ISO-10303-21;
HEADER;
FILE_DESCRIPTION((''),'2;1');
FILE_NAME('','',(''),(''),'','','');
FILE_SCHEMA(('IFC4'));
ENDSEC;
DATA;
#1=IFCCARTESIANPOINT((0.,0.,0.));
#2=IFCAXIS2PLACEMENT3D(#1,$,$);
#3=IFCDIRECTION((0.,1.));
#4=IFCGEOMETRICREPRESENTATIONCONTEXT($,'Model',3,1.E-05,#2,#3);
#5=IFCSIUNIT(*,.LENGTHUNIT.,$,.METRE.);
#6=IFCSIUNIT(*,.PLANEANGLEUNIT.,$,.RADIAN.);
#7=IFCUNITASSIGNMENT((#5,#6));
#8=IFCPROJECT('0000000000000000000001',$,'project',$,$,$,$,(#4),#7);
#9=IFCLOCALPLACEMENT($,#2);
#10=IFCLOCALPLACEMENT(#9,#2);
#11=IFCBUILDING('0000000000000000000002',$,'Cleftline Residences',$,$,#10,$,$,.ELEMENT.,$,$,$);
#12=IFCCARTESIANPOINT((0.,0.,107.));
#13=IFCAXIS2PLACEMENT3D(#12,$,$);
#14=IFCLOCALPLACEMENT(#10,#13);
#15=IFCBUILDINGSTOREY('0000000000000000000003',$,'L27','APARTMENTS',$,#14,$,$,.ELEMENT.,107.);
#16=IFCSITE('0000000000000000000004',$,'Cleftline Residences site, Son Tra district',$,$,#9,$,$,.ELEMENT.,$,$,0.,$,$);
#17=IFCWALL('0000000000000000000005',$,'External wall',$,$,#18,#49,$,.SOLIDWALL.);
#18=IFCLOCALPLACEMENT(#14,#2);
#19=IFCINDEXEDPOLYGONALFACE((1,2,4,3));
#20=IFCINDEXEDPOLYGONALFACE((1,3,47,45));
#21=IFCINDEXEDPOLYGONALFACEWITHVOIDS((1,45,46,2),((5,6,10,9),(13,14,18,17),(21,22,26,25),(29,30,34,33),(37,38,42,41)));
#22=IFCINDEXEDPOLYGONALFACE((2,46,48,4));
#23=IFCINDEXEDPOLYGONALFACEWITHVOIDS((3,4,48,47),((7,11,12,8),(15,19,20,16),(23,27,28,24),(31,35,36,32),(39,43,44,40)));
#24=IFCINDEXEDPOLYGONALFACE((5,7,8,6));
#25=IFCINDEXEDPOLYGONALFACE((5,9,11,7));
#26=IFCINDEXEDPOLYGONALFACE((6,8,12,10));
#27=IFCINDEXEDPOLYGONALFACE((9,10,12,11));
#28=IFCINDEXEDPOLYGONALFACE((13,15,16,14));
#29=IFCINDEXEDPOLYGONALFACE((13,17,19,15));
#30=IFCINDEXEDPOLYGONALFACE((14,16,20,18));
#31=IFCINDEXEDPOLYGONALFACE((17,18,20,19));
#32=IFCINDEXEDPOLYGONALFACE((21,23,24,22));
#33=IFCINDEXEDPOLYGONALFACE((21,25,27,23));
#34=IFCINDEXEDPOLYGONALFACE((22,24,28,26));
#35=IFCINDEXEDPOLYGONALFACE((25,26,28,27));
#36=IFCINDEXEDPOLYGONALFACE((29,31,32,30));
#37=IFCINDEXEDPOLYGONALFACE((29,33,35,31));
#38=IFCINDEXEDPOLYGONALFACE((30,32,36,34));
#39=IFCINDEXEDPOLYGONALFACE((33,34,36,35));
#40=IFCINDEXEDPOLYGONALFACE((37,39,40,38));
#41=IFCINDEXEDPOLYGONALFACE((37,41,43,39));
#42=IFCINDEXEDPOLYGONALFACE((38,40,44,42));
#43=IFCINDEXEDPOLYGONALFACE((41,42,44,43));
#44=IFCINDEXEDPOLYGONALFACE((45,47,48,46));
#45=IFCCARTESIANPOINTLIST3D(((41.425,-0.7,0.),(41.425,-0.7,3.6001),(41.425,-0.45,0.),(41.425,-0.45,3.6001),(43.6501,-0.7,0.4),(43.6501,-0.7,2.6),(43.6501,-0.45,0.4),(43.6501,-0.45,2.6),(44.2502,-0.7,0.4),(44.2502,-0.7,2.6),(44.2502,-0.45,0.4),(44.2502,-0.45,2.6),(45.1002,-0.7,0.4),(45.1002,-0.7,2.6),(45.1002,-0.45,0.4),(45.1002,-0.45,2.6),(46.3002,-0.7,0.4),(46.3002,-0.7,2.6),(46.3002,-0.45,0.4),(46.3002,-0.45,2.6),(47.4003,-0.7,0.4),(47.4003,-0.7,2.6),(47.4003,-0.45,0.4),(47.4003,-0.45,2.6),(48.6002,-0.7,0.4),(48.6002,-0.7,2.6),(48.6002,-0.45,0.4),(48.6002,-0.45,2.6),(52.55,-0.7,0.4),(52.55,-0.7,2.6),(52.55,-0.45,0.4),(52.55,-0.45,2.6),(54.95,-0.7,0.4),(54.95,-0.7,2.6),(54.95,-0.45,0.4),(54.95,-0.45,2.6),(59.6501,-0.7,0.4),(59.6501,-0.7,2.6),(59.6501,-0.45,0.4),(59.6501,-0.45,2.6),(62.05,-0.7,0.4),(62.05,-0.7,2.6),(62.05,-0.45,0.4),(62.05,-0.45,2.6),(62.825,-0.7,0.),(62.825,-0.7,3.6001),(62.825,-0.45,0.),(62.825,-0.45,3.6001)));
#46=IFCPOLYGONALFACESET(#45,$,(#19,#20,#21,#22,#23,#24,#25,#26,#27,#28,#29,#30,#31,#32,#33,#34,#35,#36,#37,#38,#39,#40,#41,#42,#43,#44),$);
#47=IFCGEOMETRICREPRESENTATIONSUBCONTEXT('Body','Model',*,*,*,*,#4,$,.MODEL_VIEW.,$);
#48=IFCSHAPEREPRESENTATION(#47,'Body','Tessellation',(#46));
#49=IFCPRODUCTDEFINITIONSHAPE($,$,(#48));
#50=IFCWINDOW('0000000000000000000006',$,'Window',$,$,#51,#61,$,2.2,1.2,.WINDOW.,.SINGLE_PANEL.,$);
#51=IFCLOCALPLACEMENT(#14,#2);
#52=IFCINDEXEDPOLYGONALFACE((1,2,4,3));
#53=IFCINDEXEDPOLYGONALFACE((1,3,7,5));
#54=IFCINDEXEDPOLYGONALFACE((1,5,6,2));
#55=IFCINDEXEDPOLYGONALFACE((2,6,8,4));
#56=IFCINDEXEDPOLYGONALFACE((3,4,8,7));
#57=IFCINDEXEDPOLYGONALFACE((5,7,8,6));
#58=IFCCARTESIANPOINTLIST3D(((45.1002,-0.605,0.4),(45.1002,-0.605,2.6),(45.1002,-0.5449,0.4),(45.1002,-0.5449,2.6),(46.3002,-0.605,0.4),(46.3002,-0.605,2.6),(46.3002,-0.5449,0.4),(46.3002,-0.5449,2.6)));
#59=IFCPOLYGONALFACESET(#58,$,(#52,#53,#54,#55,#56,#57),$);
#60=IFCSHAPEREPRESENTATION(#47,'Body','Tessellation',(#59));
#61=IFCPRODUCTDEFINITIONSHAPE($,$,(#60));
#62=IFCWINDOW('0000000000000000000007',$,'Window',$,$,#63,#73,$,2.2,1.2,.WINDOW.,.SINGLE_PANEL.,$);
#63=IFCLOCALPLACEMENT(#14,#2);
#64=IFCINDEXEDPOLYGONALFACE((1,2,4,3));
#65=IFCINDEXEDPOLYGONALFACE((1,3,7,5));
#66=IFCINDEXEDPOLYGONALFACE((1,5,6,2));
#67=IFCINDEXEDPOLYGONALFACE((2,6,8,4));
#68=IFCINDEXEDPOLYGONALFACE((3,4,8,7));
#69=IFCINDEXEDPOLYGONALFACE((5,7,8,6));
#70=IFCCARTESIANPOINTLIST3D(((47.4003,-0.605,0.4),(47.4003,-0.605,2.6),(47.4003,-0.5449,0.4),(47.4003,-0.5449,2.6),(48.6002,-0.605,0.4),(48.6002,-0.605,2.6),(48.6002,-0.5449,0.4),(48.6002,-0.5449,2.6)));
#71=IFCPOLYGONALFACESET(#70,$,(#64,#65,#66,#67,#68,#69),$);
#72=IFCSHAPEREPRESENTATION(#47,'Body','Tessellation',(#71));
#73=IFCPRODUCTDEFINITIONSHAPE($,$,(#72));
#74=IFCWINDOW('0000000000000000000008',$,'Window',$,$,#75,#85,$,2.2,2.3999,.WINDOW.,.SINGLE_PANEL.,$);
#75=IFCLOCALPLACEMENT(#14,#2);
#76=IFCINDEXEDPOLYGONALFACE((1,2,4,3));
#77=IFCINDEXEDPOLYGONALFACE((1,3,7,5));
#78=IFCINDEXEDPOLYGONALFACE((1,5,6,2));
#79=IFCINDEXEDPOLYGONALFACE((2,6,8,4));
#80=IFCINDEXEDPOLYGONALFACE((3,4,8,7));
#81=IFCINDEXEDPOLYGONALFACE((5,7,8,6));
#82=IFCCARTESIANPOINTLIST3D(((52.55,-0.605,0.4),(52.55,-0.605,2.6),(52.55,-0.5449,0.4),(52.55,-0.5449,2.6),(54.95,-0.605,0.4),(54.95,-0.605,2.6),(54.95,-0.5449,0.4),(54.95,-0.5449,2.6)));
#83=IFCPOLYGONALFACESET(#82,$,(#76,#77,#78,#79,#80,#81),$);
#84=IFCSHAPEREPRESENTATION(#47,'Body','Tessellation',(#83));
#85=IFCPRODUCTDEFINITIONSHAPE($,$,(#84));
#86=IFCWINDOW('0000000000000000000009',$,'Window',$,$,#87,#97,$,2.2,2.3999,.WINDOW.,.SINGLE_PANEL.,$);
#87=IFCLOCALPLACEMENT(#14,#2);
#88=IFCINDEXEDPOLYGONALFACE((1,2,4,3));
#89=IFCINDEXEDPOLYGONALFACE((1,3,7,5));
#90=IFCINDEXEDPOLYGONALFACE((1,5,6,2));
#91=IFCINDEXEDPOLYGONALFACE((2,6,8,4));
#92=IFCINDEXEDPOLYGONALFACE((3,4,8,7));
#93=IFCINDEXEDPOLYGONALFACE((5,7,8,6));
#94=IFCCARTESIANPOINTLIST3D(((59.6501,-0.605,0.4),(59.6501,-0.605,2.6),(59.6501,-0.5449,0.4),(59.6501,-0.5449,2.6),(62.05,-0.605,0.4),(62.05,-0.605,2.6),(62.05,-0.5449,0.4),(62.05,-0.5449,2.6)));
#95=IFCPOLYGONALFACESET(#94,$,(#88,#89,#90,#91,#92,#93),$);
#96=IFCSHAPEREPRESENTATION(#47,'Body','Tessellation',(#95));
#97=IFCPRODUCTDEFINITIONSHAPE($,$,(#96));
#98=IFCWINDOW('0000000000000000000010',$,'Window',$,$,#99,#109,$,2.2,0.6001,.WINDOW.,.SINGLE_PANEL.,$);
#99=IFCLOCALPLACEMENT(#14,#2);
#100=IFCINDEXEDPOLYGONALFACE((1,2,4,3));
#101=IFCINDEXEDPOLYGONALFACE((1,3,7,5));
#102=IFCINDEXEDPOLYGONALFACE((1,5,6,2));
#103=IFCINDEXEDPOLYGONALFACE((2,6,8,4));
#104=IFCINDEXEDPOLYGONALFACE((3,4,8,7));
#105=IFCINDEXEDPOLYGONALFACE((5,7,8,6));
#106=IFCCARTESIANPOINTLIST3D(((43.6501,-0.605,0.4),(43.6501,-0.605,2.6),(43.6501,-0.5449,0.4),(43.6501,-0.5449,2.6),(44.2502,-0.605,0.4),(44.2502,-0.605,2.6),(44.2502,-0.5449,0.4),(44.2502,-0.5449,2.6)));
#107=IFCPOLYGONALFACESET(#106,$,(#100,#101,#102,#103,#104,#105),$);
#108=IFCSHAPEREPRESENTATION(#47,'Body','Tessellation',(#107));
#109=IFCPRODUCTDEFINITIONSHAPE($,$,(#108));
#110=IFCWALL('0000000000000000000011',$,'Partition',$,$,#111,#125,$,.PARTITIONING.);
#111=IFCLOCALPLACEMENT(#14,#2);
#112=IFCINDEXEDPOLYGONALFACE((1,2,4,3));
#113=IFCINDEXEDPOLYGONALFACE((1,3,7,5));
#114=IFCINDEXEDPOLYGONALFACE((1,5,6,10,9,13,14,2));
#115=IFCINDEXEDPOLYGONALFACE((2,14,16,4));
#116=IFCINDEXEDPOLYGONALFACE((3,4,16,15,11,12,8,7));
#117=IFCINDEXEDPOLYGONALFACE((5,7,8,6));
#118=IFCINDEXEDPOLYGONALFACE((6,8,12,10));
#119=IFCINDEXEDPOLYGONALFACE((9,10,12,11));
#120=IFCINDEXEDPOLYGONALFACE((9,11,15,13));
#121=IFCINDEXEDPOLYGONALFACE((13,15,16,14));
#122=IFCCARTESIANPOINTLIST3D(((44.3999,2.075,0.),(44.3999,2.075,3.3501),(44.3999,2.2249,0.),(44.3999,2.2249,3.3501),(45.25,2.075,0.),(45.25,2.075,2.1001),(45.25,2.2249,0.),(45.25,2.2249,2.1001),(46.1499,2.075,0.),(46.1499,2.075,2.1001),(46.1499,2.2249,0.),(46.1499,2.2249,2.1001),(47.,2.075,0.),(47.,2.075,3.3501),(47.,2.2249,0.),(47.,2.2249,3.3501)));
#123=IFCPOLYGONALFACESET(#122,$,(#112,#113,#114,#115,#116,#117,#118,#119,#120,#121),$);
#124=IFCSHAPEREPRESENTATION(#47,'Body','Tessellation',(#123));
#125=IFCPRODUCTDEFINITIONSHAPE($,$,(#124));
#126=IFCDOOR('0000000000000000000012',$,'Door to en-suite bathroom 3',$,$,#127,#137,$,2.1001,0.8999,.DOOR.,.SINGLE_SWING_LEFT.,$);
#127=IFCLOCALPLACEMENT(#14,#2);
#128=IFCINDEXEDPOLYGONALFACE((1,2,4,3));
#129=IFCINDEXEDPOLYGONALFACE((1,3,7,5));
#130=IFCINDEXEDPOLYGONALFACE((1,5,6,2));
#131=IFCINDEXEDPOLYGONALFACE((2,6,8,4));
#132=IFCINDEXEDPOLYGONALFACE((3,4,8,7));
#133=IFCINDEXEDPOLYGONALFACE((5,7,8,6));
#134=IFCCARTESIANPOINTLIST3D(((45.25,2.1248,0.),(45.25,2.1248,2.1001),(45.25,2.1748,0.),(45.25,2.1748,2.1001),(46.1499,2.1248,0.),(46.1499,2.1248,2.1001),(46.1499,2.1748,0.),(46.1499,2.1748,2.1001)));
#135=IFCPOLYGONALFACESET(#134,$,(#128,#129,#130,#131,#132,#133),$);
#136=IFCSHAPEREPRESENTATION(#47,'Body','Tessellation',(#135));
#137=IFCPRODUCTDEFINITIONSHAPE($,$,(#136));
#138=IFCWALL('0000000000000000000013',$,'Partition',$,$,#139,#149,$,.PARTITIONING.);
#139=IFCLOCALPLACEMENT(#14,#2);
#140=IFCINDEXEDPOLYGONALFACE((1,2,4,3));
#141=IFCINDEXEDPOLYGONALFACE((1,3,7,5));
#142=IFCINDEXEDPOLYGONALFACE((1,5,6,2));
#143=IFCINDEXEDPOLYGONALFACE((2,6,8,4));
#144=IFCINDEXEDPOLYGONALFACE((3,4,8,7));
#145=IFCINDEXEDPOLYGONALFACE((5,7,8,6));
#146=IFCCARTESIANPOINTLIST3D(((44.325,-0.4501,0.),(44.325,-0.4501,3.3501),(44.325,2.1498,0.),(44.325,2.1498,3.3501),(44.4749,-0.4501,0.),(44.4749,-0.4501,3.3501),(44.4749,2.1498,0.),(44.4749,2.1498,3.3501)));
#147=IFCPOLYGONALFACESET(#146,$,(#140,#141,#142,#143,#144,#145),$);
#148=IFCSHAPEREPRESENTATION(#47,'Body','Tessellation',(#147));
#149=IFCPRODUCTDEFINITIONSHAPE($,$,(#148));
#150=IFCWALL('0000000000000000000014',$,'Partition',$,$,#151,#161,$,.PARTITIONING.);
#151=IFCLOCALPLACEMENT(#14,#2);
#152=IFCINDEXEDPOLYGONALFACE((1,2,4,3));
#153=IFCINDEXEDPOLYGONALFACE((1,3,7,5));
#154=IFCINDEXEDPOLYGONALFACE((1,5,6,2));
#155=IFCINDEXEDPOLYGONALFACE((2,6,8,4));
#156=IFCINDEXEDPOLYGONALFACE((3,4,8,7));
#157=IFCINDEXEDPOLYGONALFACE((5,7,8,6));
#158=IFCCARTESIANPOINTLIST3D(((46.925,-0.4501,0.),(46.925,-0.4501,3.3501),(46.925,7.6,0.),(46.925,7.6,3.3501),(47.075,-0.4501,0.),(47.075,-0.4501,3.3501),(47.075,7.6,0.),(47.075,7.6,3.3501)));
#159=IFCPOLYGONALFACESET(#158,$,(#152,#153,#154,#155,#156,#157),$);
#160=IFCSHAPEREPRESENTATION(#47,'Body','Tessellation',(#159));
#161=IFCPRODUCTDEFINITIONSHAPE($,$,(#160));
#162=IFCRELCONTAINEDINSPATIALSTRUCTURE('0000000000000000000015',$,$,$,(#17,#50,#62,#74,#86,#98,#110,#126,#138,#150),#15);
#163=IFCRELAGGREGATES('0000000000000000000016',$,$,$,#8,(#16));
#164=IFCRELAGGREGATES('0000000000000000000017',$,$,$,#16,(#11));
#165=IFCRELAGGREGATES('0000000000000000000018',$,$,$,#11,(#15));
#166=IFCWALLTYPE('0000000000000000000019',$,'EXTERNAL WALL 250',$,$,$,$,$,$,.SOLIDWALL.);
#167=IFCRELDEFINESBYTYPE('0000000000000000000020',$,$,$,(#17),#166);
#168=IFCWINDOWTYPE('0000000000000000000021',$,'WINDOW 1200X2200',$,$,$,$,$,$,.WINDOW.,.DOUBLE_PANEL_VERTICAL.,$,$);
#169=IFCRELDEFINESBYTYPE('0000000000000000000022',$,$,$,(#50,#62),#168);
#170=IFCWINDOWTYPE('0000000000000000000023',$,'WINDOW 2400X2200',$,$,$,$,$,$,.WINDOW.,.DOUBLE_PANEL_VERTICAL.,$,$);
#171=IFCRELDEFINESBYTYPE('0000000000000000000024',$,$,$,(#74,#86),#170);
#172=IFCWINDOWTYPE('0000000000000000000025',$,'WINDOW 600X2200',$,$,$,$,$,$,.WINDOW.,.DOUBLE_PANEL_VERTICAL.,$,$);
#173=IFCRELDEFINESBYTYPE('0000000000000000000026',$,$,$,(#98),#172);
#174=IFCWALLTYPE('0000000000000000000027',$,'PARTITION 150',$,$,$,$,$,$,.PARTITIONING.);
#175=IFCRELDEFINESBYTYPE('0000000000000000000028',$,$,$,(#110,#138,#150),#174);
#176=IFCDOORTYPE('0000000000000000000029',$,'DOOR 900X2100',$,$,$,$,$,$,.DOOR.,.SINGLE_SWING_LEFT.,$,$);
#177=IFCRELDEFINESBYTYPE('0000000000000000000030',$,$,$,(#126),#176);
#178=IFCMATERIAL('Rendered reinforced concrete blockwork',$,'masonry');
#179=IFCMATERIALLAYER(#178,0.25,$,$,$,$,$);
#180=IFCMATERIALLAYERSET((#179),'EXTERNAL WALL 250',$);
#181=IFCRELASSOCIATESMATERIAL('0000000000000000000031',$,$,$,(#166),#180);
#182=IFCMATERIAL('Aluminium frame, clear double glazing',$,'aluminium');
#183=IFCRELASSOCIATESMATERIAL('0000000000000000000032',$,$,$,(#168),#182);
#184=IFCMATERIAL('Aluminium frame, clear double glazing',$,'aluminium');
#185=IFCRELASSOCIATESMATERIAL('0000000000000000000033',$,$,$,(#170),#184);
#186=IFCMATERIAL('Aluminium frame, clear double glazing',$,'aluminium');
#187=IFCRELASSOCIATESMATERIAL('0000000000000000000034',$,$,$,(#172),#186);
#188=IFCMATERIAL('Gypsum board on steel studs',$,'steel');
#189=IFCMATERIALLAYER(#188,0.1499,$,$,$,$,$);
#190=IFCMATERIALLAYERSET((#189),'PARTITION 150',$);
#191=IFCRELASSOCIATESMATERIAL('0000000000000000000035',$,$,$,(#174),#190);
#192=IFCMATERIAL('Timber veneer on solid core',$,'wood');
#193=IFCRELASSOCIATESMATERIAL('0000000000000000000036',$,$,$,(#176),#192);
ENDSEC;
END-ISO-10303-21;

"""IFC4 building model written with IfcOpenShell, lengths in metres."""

from ifc_helpers import new_model, si_unit, direction, frame, frame_2d, origin, place, context, subcontext, project, spatial, rectangle, extrude, material, layer, layer_set, type_object, element, fill, save


model = new_model("IFC4")

# Units and contexts
model_context = context("Model", 3, precision=1e-05, world=origin(), true_north=direction((0.0, 1.0)))
body_context = subcontext(model_context, "Body", "Model", "MODEL_VIEW")
ifc_project = project(units=[si_unit("LENGTHUNIT", "METRE"), si_unit("PLANEANGLEUNIT", "RADIAN")], contexts=[model_context])

# Site, building, storey
site_placement = place(None, origin())
site = spatial("IfcSite", under=ifc_project, at=site_placement, Name="Cleftline Residences site, Son Tra district", CompositionType="ELEMENT", RefElevation=0.0)
building_placement = place(site_placement, origin())
building = spatial("IfcBuilding", under=site, at=building_placement, Name="Cleftline Residences", CompositionType="ELEMENT")
storey_placement = place(building_placement, frame((0.0, 0.0, 107.0)))
storey = spatial("IfcBuildingStorey", under=building, at=storey_placement, Name="L27", Description="APARTMENTS", CompositionType="ELEMENT", Elevation=107.0)

# Wall, openings, windows
ifc_material_1 = material(Name="Rendered reinforced concrete blockwork", Category="masonry")
ifc_layer_1 = layer(ifc_material_1, 0.25)
ifc_layer_set_1 = layer_set([ifc_layer_1], Name="EXTERNAL WALL 250")
wall_type_1 = type_object("IfcWallType", Name="EXTERNAL WALL 250", PredefinedType="SOLIDWALL", material=ifc_layer_set_1)
wall_1_placement = place(storey_placement, frame((41.425, -0.575, 0.0), z_axis=(0.0, 0.0, 1.0), x_axis=(1.0, 0.0, 0.0)))
wall_1 = element("IfcWall", 1, at=wall_1_placement, inside=storey, type_object=wall_type_1, Name="External wall", PredefinedType="SOLIDWALL", context=body_context, shape_type="SweptSolid", body=[
    extrude(rectangle(XDim=21.3999, YDim=0.25, at=frame_2d((10.7, 0.0))), origin(), (0.0, 0.0, 1.0), 3.6001),
])
opening_1_placement = place(wall_1_placement, frame((2.2251, 0.0, 0.3999)))
opening_1 = element("IfcOpeningElement", 2, at=opening_1_placement, cuts=wall_1, PredefinedType="OPENING", context=body_context, shape_type="SweptSolid", body=[
    extrude(rectangle(XDim=0.6001, YDim=2.2, at=frame_2d((0.3, 1.1001))), frame((0.0, 0.135, 0.0), z_axis=(0.0, -1.0, 0.0), x_axis=(1.0, 0.0, 0.0)), (0.0, 0.0, 1.0), 0.27),
])
opening_2_placement = place(wall_1_placement, frame((3.675, 0.0, 0.3999)))
opening_2 = element("IfcOpeningElement", 3, at=opening_2_placement, cuts=wall_1, PredefinedType="OPENING", context=body_context, shape_type="SweptSolid", body=[
    extrude(rectangle(XDim=1.2, YDim=2.2, at=frame_2d((0.6001, 1.1001))), frame((0.0, 0.135, 0.0), z_axis=(0.0, -1.0, 0.0), x_axis=(1.0, 0.0, 0.0)), (0.0, 0.0, 1.0), 0.27),
])
opening_3_placement = place(wall_1_placement, frame((5.9751, 0.0, 0.3999)))
opening_3 = element("IfcOpeningElement", 4, at=opening_3_placement, cuts=wall_1, PredefinedType="OPENING", context=body_context, shape_type="SweptSolid", body=[
    extrude(rectangle(XDim=1.2, YDim=2.2, at=frame_2d((0.6001, 1.1001))), frame((0.0, 0.135, 0.0), z_axis=(0.0, -1.0, 0.0), x_axis=(1.0, 0.0, 0.0)), (0.0, 0.0, 1.0), 0.27),
])
opening_4_placement = place(wall_1_placement, frame((11.125, 0.0, 0.3999)))
opening_4 = element("IfcOpeningElement", 5, at=opening_4_placement, cuts=wall_1, PredefinedType="OPENING", context=body_context, shape_type="SweptSolid", body=[
    extrude(rectangle(XDim=2.3999, YDim=2.2, at=frame_2d((1.2, 1.1001))), frame((0.0, 0.135, 0.0), z_axis=(0.0, -1.0, 0.0), x_axis=(1.0, 0.0, 0.0)), (0.0, 0.0, 1.0), 0.27),
])
opening_5_placement = place(wall_1_placement, frame((18.2251, 0.0, 0.3999)))
opening_5 = element("IfcOpeningElement", 6, at=opening_5_placement, cuts=wall_1, PredefinedType="OPENING", context=body_context, shape_type="SweptSolid", body=[
    extrude(rectangle(XDim=2.3999, YDim=2.2, at=frame_2d((1.2, 1.1001))), frame((0.0, 0.135, 0.0), z_axis=(0.0, -1.0, 0.0), x_axis=(1.0, 0.0, 0.0)), (0.0, 0.0, 1.0), 0.27),
])
ifc_material_2 = material(Name="Aluminium frame, clear double glazing", Category="aluminium")
window_type_1 = type_object("IfcWindowType", Name="WINDOW 1200X2200", PartitioningType="DOUBLE_PANEL_VERTICAL", PredefinedType="WINDOW", material=ifc_material_2)
window_1_placement = place(opening_2_placement, origin())
window_1 = element("IfcWindow", 7, at=window_1_placement, inside=storey, type_object=window_type_1, Name="Window", OverallHeight=2.2, OverallWidth=1.2, PartitioningType="SINGLE_PANEL", PredefinedType="WINDOW", context=body_context, shape_type="SweptSolid", body=[
    extrude(rectangle(XDim=1.2, YDim=2.2, at=frame_2d((0.6001, 1.1001))), frame((0.0, 0.03, 0.0), z_axis=(0.0, -1.0, 0.0), x_axis=(1.0, 0.0, 0.0)), (0.0, 0.0, 1.0), 0.0601),
])
fill(opening_2, window_1)
window_2_placement = place(opening_3_placement, origin())
window_2 = element("IfcWindow", 8, at=window_2_placement, inside=storey, type_object=window_type_1, Name="Window", OverallHeight=2.2, OverallWidth=1.2, PartitioningType="SINGLE_PANEL", PredefinedType="WINDOW", context=body_context, shape_type="SweptSolid", body=[
    extrude(rectangle(XDim=1.2, YDim=2.2, at=frame_2d((0.6001, 1.1001))), frame((0.0, 0.03, 0.0), z_axis=(0.0, -1.0, 0.0), x_axis=(1.0, 0.0, 0.0)), (0.0, 0.0, 1.0), 0.0601),
])
fill(opening_3, window_2)
ifc_material_3 = material(Name="Aluminium frame, clear double glazing", Category="aluminium")
window_type_2 = type_object("IfcWindowType", Name="WINDOW 2400X2200", PartitioningType="DOUBLE_PANEL_VERTICAL", PredefinedType="WINDOW", material=ifc_material_3)
window_3_placement = place(opening_4_placement, origin())
window_3 = element("IfcWindow", 9, at=window_3_placement, inside=storey, type_object=window_type_2, Name="Window", OverallHeight=2.2, OverallWidth=2.3999, PartitioningType="SINGLE_PANEL", PredefinedType="WINDOW", context=body_context, shape_type="SweptSolid", body=[
    extrude(rectangle(XDim=2.3999, YDim=2.2, at=frame_2d((1.2, 1.1001))), frame((0.0, 0.03, 0.0), z_axis=(0.0, -1.0, 0.0), x_axis=(1.0, 0.0, 0.0)), (0.0, 0.0, 1.0), 0.0601),
])
fill(opening_4, window_3)
window_4_placement = place(opening_5_placement, origin())
window_4 = element("IfcWindow", 10, at=window_4_placement, inside=storey, type_object=window_type_2, Name="Window", OverallHeight=2.2, OverallWidth=2.3999, PartitioningType="SINGLE_PANEL", PredefinedType="WINDOW", context=body_context, shape_type="SweptSolid", body=[
    extrude(rectangle(XDim=2.3999, YDim=2.2, at=frame_2d((1.2, 1.1001))), frame((0.0, 0.03, 0.0), z_axis=(0.0, -1.0, 0.0), x_axis=(1.0, 0.0, 0.0)), (0.0, 0.0, 1.0), 0.0601),
])
fill(opening_5, window_4)
ifc_material_4 = material(Name="Aluminium frame, clear double glazing", Category="aluminium")
window_type_3 = type_object("IfcWindowType", Name="WINDOW 600X2200", PartitioningType="DOUBLE_PANEL_VERTICAL", PredefinedType="WINDOW", material=ifc_material_4)
window_5_placement = place(opening_1_placement, origin())
window_5 = element("IfcWindow", 11, at=window_5_placement, inside=storey, type_object=window_type_3, Name="Window", OverallHeight=2.2, OverallWidth=0.6001, PartitioningType="SINGLE_PANEL", PredefinedType="WINDOW", context=body_context, shape_type="SweptSolid", body=[
    extrude(rectangle(XDim=0.6001, YDim=2.2, at=frame_2d((0.3, 1.1001))), frame((0.0, 0.03, 0.0), z_axis=(0.0, -1.0, 0.0), x_axis=(1.0, 0.0, 0.0)), (0.0, 0.0, 1.0), 0.0601),
])
fill(opening_1, window_5)

# Wall, opening, door
ifc_material_5 = material(Name="Gypsum board on steel studs", Category="steel")
ifc_layer_2 = layer(ifc_material_5, 0.1499)
ifc_layer_set_2 = layer_set([ifc_layer_2], Name="PARTITION 150")
wall_type_2 = type_object("IfcWallType", Name="PARTITION 150", PredefinedType="PARTITIONING", material=ifc_layer_set_2)
wall_2_placement = place(storey_placement, frame((44.3999, 2.1499, 0.0), z_axis=(0.0, 0.0, 1.0), x_axis=(1.0, 0.0, 0.0)))
wall_2 = element("IfcWall", 12, at=wall_2_placement, inside=storey, type_object=wall_type_2, Name="Partition", PredefinedType="PARTITIONING", context=body_context, shape_type="SweptSolid", body=[
    extrude(rectangle(XDim=2.6001, YDim=0.1499, at=frame_2d((1.3, 0.0))), origin(), (0.0, 0.0, 1.0), 3.3501),
])
opening_6_placement = place(wall_2_placement, frame((0.8501, 0.0, 0.0)))
opening_6 = element("IfcOpeningElement", 13, at=opening_6_placement, cuts=wall_2, PredefinedType="OPENING", context=body_context, shape_type="SweptSolid", body=[
    extrude(rectangle(XDim=0.8999, YDim=2.1001, at=frame_2d((0.45, 1.05))), frame((0.0, 0.085, 0.0), z_axis=(0.0, -1.0, 0.0), x_axis=(1.0, 0.0, 0.0)), (0.0, 0.0, 1.0), 0.1699),
])
ifc_material_6 = material(Name="Timber veneer on solid core", Category="wood")
door_type = type_object("IfcDoorType", Name="DOOR 900X2100", OperationType="SINGLE_SWING_LEFT", PredefinedType="DOOR", material=ifc_material_6)
door_placement = place(opening_6_placement, origin())
door = element("IfcDoor", 14, at=door_placement, inside=storey, type_object=door_type, Name="Door to en-suite bathroom 3", OperationType="SINGLE_SWING_LEFT", OverallHeight=2.1001, OverallWidth=0.8999, PredefinedType="DOOR", context=body_context, shape_type="SweptSolid", body=[
    extrude(rectangle(XDim=0.8999, YDim=2.1001, at=frame_2d((0.45, 1.05))), frame((0.0, 0.0249, 0.0), z_axis=(0.0, -1.0, 0.0), x_axis=(1.0, 0.0, 0.0)), (0.0, 0.0, 1.0), 0.05),
])
fill(opening_6, door)

# Walls
wall_3_placement = place(storey_placement, frame((44.3999, -0.45, 0.0), z_axis=(0.0, 0.0, 1.0), x_axis=(0.0, 1.0, 0.0)))
element("IfcWall", 15, at=wall_3_placement, inside=storey, type_object=wall_type_2, Name="Partition", PredefinedType="PARTITIONING", context=body_context, shape_type="SweptSolid", body=[
    extrude(rectangle(XDim=2.5999, YDim=0.1499, at=frame_2d((1.2998, 0.0))), origin(), (0.0, 0.0, 1.0), 3.3501),
])
wall_4_placement = place(storey_placement, frame((47.0, -0.45, 0.0), z_axis=(0.0, 0.0, 1.0), x_axis=(0.0, 1.0, 0.0)))
element("IfcWall", 16, at=wall_4_placement, inside=storey, type_object=wall_type_2, Name="Partition", PredefinedType="PARTITIONING", context=body_context, shape_type="SweptSolid", body=[
    extrude(rectangle(XDim=8.05, YDim=0.1499, at=frame_2d((4.0249, 0.0))), origin(), (0.0, 0.0, 1.0), 3.3501),
])

save(model, "model.ifc")
